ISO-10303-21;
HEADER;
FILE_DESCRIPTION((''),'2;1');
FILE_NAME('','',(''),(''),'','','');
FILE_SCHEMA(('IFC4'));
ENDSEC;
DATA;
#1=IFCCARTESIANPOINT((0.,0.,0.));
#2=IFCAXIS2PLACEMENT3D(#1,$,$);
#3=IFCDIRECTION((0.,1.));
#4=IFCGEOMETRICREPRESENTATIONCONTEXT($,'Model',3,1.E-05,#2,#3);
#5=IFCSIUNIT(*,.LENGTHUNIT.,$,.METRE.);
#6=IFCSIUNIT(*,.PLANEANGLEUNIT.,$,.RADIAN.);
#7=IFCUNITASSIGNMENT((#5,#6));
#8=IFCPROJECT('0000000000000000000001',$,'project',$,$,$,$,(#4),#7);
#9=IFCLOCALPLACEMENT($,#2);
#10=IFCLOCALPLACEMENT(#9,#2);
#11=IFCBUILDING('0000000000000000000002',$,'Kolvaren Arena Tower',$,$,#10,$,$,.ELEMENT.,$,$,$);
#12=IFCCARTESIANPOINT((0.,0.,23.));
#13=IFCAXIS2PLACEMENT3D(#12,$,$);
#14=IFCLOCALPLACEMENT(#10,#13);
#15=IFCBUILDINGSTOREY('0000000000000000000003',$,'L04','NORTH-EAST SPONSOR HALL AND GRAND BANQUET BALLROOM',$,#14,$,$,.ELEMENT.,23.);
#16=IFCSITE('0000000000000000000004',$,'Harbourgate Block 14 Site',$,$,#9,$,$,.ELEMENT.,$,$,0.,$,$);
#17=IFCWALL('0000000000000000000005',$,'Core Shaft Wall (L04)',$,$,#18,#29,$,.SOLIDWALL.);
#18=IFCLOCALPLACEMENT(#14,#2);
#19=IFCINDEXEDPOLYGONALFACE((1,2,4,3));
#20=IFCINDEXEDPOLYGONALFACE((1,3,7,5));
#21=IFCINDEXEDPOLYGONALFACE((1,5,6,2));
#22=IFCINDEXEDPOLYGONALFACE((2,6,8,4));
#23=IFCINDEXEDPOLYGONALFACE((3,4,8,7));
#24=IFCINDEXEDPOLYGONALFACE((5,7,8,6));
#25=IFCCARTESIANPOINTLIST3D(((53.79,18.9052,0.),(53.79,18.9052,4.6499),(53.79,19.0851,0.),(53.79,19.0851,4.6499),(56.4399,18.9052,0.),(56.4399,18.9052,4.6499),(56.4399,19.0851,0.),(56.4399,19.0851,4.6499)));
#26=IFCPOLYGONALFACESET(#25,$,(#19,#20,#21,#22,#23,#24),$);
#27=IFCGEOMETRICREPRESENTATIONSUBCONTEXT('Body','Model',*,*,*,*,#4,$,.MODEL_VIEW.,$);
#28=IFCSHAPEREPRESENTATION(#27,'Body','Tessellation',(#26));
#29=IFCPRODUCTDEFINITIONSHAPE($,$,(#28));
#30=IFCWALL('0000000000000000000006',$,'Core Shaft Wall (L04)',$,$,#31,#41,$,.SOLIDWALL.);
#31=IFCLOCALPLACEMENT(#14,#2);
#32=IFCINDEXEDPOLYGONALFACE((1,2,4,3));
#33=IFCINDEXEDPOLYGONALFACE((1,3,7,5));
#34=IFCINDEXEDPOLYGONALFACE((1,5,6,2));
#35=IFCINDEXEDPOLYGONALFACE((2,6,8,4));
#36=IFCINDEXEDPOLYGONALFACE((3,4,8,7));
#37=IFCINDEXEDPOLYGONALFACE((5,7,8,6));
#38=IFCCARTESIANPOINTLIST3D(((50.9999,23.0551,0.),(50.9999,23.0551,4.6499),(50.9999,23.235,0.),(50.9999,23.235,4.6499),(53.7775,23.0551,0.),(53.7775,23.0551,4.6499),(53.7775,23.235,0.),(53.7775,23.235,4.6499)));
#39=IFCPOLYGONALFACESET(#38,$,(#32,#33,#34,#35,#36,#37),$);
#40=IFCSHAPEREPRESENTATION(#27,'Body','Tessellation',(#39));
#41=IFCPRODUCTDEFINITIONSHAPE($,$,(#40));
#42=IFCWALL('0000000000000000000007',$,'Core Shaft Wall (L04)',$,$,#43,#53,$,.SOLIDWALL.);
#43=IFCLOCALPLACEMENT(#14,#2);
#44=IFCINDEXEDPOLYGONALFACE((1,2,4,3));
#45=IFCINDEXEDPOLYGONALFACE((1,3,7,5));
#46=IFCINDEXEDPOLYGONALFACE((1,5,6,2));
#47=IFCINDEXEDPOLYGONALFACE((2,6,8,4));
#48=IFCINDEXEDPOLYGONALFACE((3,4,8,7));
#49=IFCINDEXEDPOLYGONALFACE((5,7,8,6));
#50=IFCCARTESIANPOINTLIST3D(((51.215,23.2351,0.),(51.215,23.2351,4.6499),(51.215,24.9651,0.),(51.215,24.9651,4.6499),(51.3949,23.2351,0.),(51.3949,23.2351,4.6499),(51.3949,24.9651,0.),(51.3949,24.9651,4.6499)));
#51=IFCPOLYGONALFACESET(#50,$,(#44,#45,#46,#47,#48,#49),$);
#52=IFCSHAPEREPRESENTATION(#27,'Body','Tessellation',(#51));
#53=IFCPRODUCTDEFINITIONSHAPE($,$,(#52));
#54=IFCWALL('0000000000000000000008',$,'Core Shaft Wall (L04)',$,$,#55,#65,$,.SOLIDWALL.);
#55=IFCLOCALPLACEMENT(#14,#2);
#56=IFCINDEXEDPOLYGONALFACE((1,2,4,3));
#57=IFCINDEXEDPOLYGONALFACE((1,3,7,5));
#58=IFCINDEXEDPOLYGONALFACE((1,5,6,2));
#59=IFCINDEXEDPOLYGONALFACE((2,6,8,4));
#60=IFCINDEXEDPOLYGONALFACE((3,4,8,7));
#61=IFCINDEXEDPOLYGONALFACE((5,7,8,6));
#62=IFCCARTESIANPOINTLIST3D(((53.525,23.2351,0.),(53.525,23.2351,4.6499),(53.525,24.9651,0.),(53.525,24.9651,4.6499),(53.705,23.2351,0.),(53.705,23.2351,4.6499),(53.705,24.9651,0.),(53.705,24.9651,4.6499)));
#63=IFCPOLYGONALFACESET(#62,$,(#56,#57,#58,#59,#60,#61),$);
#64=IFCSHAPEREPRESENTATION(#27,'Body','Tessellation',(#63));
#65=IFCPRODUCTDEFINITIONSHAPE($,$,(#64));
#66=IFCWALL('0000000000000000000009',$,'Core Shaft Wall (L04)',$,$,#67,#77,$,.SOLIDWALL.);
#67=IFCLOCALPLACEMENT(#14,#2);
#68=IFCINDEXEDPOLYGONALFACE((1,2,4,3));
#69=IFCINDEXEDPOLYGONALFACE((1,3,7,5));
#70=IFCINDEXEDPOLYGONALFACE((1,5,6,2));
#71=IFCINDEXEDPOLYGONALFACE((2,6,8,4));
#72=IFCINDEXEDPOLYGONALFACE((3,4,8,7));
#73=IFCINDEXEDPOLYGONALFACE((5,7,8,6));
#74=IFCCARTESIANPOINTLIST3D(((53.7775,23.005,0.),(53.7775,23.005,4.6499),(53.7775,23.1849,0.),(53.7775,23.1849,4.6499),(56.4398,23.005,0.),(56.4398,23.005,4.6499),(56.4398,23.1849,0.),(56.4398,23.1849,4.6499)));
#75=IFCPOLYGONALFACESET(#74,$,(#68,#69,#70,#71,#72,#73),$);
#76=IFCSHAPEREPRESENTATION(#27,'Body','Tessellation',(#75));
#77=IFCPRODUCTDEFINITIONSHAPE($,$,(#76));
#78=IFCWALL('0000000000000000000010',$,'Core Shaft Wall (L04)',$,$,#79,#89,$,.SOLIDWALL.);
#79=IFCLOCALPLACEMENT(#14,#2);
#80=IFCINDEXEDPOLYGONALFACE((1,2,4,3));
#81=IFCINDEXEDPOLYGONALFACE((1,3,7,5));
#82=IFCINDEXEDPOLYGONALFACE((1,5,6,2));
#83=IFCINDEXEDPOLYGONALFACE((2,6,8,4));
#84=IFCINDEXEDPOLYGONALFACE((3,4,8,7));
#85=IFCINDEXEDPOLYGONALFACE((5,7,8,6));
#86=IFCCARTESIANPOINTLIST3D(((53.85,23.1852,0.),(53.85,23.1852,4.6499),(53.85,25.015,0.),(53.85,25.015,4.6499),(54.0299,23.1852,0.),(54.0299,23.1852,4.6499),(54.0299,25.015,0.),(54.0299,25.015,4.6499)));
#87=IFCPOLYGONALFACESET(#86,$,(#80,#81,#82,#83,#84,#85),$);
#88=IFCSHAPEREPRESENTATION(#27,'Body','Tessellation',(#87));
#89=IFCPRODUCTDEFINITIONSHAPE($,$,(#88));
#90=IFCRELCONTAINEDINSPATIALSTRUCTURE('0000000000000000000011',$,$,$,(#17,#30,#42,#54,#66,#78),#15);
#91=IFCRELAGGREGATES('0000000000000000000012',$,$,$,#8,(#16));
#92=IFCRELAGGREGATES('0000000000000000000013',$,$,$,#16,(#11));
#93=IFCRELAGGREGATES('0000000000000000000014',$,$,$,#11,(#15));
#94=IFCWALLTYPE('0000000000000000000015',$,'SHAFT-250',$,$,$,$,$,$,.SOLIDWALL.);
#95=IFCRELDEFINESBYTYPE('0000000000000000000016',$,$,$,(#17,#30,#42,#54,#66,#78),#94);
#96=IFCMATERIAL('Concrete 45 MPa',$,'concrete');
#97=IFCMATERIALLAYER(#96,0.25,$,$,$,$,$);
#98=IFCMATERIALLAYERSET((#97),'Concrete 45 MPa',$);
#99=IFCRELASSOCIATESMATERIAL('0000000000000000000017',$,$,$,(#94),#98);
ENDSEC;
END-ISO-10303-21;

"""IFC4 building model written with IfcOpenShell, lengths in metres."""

from ifc_helpers import new_model, si_unit, direction, frame, frame_2d, origin, place, context, subcontext, project, spatial, rectangle, extrude, material, layer, layer_set, type_object, element, save


model = new_model("IFC4")

# Units and contexts
model_context = context("Model", 3, precision=1e-05, world=origin(), true_north=direction((0.0, 1.0)))
body_context = subcontext(model_context, "Body", "Model", "MODEL_VIEW")
ifc_project = project(units=[si_unit("LENGTHUNIT", "METRE"), si_unit("PLANEANGLEUNIT", "RADIAN")], contexts=[model_context])

# Site, building, storey
site_placement = place(None, origin())
site = spatial("IfcSite", under=ifc_project, at=site_placement, Name="Harbourgate Block 14 Site", CompositionType="ELEMENT", RefElevation=0.0)
building_placement = place(site_placement, origin())
building = spatial("IfcBuilding", under=site, at=building_placement, Name="Kolvaren Arena Tower", CompositionType="ELEMENT")
storey_placement = place(building_placement, frame((0.0, 0.0, 23.0)))
storey = spatial("IfcBuildingStorey", under=building, at=storey_placement, Name="L04", Description="NORTH-EAST SPONSOR HALL AND GRAND BANQUET BALLROOM", CompositionType="ELEMENT", Elevation=23.0)

# Walls
ifc_material_1 = material(Name="Concrete 45 MPa", Category="concrete")
ifc_layer_1 = layer(ifc_material_1, 0.25)
ifc_layer_set_1 = layer_set([ifc_layer_1], Name="Concrete 45 MPa")
wall_type_1 = type_object("IfcWallType", Name="SHAFT-250", PredefinedType="SOLIDWALL", material=ifc_layer_set_1)
for number, where, z_axis, x_axis, name in (
    (1, (53.79, 18.9951, 0.0), (0.0, 0.0, 1.0), (1.0, 0.0, 0.0), "Core Shaft Wall (L04)"),
):
    element("IfcWall", number, at=place(storey_placement, frame(where, z_axis=z_axis, x_axis=x_axis)), inside=storey, type_object=wall_type_1, Name=name, PredefinedType="SOLIDWALL", context=body_context, shape_type="SweptSolid", body=[
        extrude(rectangle(XDim=2.6499, YDim=0.1799, at=frame_2d((1.325, 0.0))), origin(), (0.0, 0.0, 1.0), 4.6499),
    ])
wall_1_placement = place(storey_placement, frame((51.0, 23.145, 0.0), z_axis=(0.0, 0.0, 1.0), x_axis=(1.0, 0.0, 0.0)))
element("IfcWall", 2, at=wall_1_placement, inside=storey, type_object=wall_type_1, Name="Core Shaft Wall (L04)", PredefinedType="SOLIDWALL", context=body_context, shape_type="SweptSolid", body=[
    extrude(rectangle(XDim=2.7776, YDim=0.1799, at=frame_2d((1.3887, 0.0))), origin(), (0.0, 0.0, 1.0), 4.6499),
])
for number, where, z_axis, x_axis, name in (
    (3, (51.3049, 23.2351, 0.0), (0.0, 0.0, 1.0), (0.0, 1.0, 0.0), "Core Shaft Wall (L04)"),
    (4, (53.615, 23.2351, 0.0), (0.0, 0.0, 1.0), (0.0, 1.0, 0.0), "Core Shaft Wall (L04)"),
):
    element("IfcWall", number, at=place(storey_placement, frame(where, z_axis=z_axis, x_axis=x_axis)), inside=storey, type_object=wall_type_1, Name=name, PredefinedType="SOLIDWALL", context=body_context, shape_type="SweptSolid", body=[
        extrude(rectangle(XDim=1.73, YDim=0.1799, at=frame_2d((0.865, 0.0))), origin(), (0.0, 0.0, 1.0), 4.6499),
    ])
wall_2_placement = place(storey_placement, frame((53.7776, 23.095, 0.0), z_axis=(0.0, 0.0, 1.0), x_axis=(1.0, 0.0, 0.0)))
element("IfcWall", 5, at=wall_2_placement, inside=storey, type_object=wall_type_1, Name="Core Shaft Wall (L04)", PredefinedType="SOLIDWALL", context=body_context, shape_type="SweptSolid", body=[
    extrude(rectangle(XDim=2.6624, YDim=0.1799, at=frame_2d((1.3311, 0.0))), origin(), (0.0, 0.0, 1.0), 4.6499),
])
wall_3_placement = place(storey_placement, frame((53.9399, 23.1851, 0.0), z_axis=(0.0, 0.0, 1.0), x_axis=(0.0, 1.0, 0.0)))
element("IfcWall", 6, at=wall_3_placement, inside=storey, type_object=wall_type_1, Name="Core Shaft Wall (L04)", PredefinedType="SOLIDWALL", context=body_context, shape_type="SweptSolid", body=[
    extrude(rectangle(XDim=1.8298, YDim=0.1799, at=frame_2d((0.915, 0.0))), origin(), (0.0, 0.0, 1.0), 4.6499),
])

save(model, "model.ifc")
